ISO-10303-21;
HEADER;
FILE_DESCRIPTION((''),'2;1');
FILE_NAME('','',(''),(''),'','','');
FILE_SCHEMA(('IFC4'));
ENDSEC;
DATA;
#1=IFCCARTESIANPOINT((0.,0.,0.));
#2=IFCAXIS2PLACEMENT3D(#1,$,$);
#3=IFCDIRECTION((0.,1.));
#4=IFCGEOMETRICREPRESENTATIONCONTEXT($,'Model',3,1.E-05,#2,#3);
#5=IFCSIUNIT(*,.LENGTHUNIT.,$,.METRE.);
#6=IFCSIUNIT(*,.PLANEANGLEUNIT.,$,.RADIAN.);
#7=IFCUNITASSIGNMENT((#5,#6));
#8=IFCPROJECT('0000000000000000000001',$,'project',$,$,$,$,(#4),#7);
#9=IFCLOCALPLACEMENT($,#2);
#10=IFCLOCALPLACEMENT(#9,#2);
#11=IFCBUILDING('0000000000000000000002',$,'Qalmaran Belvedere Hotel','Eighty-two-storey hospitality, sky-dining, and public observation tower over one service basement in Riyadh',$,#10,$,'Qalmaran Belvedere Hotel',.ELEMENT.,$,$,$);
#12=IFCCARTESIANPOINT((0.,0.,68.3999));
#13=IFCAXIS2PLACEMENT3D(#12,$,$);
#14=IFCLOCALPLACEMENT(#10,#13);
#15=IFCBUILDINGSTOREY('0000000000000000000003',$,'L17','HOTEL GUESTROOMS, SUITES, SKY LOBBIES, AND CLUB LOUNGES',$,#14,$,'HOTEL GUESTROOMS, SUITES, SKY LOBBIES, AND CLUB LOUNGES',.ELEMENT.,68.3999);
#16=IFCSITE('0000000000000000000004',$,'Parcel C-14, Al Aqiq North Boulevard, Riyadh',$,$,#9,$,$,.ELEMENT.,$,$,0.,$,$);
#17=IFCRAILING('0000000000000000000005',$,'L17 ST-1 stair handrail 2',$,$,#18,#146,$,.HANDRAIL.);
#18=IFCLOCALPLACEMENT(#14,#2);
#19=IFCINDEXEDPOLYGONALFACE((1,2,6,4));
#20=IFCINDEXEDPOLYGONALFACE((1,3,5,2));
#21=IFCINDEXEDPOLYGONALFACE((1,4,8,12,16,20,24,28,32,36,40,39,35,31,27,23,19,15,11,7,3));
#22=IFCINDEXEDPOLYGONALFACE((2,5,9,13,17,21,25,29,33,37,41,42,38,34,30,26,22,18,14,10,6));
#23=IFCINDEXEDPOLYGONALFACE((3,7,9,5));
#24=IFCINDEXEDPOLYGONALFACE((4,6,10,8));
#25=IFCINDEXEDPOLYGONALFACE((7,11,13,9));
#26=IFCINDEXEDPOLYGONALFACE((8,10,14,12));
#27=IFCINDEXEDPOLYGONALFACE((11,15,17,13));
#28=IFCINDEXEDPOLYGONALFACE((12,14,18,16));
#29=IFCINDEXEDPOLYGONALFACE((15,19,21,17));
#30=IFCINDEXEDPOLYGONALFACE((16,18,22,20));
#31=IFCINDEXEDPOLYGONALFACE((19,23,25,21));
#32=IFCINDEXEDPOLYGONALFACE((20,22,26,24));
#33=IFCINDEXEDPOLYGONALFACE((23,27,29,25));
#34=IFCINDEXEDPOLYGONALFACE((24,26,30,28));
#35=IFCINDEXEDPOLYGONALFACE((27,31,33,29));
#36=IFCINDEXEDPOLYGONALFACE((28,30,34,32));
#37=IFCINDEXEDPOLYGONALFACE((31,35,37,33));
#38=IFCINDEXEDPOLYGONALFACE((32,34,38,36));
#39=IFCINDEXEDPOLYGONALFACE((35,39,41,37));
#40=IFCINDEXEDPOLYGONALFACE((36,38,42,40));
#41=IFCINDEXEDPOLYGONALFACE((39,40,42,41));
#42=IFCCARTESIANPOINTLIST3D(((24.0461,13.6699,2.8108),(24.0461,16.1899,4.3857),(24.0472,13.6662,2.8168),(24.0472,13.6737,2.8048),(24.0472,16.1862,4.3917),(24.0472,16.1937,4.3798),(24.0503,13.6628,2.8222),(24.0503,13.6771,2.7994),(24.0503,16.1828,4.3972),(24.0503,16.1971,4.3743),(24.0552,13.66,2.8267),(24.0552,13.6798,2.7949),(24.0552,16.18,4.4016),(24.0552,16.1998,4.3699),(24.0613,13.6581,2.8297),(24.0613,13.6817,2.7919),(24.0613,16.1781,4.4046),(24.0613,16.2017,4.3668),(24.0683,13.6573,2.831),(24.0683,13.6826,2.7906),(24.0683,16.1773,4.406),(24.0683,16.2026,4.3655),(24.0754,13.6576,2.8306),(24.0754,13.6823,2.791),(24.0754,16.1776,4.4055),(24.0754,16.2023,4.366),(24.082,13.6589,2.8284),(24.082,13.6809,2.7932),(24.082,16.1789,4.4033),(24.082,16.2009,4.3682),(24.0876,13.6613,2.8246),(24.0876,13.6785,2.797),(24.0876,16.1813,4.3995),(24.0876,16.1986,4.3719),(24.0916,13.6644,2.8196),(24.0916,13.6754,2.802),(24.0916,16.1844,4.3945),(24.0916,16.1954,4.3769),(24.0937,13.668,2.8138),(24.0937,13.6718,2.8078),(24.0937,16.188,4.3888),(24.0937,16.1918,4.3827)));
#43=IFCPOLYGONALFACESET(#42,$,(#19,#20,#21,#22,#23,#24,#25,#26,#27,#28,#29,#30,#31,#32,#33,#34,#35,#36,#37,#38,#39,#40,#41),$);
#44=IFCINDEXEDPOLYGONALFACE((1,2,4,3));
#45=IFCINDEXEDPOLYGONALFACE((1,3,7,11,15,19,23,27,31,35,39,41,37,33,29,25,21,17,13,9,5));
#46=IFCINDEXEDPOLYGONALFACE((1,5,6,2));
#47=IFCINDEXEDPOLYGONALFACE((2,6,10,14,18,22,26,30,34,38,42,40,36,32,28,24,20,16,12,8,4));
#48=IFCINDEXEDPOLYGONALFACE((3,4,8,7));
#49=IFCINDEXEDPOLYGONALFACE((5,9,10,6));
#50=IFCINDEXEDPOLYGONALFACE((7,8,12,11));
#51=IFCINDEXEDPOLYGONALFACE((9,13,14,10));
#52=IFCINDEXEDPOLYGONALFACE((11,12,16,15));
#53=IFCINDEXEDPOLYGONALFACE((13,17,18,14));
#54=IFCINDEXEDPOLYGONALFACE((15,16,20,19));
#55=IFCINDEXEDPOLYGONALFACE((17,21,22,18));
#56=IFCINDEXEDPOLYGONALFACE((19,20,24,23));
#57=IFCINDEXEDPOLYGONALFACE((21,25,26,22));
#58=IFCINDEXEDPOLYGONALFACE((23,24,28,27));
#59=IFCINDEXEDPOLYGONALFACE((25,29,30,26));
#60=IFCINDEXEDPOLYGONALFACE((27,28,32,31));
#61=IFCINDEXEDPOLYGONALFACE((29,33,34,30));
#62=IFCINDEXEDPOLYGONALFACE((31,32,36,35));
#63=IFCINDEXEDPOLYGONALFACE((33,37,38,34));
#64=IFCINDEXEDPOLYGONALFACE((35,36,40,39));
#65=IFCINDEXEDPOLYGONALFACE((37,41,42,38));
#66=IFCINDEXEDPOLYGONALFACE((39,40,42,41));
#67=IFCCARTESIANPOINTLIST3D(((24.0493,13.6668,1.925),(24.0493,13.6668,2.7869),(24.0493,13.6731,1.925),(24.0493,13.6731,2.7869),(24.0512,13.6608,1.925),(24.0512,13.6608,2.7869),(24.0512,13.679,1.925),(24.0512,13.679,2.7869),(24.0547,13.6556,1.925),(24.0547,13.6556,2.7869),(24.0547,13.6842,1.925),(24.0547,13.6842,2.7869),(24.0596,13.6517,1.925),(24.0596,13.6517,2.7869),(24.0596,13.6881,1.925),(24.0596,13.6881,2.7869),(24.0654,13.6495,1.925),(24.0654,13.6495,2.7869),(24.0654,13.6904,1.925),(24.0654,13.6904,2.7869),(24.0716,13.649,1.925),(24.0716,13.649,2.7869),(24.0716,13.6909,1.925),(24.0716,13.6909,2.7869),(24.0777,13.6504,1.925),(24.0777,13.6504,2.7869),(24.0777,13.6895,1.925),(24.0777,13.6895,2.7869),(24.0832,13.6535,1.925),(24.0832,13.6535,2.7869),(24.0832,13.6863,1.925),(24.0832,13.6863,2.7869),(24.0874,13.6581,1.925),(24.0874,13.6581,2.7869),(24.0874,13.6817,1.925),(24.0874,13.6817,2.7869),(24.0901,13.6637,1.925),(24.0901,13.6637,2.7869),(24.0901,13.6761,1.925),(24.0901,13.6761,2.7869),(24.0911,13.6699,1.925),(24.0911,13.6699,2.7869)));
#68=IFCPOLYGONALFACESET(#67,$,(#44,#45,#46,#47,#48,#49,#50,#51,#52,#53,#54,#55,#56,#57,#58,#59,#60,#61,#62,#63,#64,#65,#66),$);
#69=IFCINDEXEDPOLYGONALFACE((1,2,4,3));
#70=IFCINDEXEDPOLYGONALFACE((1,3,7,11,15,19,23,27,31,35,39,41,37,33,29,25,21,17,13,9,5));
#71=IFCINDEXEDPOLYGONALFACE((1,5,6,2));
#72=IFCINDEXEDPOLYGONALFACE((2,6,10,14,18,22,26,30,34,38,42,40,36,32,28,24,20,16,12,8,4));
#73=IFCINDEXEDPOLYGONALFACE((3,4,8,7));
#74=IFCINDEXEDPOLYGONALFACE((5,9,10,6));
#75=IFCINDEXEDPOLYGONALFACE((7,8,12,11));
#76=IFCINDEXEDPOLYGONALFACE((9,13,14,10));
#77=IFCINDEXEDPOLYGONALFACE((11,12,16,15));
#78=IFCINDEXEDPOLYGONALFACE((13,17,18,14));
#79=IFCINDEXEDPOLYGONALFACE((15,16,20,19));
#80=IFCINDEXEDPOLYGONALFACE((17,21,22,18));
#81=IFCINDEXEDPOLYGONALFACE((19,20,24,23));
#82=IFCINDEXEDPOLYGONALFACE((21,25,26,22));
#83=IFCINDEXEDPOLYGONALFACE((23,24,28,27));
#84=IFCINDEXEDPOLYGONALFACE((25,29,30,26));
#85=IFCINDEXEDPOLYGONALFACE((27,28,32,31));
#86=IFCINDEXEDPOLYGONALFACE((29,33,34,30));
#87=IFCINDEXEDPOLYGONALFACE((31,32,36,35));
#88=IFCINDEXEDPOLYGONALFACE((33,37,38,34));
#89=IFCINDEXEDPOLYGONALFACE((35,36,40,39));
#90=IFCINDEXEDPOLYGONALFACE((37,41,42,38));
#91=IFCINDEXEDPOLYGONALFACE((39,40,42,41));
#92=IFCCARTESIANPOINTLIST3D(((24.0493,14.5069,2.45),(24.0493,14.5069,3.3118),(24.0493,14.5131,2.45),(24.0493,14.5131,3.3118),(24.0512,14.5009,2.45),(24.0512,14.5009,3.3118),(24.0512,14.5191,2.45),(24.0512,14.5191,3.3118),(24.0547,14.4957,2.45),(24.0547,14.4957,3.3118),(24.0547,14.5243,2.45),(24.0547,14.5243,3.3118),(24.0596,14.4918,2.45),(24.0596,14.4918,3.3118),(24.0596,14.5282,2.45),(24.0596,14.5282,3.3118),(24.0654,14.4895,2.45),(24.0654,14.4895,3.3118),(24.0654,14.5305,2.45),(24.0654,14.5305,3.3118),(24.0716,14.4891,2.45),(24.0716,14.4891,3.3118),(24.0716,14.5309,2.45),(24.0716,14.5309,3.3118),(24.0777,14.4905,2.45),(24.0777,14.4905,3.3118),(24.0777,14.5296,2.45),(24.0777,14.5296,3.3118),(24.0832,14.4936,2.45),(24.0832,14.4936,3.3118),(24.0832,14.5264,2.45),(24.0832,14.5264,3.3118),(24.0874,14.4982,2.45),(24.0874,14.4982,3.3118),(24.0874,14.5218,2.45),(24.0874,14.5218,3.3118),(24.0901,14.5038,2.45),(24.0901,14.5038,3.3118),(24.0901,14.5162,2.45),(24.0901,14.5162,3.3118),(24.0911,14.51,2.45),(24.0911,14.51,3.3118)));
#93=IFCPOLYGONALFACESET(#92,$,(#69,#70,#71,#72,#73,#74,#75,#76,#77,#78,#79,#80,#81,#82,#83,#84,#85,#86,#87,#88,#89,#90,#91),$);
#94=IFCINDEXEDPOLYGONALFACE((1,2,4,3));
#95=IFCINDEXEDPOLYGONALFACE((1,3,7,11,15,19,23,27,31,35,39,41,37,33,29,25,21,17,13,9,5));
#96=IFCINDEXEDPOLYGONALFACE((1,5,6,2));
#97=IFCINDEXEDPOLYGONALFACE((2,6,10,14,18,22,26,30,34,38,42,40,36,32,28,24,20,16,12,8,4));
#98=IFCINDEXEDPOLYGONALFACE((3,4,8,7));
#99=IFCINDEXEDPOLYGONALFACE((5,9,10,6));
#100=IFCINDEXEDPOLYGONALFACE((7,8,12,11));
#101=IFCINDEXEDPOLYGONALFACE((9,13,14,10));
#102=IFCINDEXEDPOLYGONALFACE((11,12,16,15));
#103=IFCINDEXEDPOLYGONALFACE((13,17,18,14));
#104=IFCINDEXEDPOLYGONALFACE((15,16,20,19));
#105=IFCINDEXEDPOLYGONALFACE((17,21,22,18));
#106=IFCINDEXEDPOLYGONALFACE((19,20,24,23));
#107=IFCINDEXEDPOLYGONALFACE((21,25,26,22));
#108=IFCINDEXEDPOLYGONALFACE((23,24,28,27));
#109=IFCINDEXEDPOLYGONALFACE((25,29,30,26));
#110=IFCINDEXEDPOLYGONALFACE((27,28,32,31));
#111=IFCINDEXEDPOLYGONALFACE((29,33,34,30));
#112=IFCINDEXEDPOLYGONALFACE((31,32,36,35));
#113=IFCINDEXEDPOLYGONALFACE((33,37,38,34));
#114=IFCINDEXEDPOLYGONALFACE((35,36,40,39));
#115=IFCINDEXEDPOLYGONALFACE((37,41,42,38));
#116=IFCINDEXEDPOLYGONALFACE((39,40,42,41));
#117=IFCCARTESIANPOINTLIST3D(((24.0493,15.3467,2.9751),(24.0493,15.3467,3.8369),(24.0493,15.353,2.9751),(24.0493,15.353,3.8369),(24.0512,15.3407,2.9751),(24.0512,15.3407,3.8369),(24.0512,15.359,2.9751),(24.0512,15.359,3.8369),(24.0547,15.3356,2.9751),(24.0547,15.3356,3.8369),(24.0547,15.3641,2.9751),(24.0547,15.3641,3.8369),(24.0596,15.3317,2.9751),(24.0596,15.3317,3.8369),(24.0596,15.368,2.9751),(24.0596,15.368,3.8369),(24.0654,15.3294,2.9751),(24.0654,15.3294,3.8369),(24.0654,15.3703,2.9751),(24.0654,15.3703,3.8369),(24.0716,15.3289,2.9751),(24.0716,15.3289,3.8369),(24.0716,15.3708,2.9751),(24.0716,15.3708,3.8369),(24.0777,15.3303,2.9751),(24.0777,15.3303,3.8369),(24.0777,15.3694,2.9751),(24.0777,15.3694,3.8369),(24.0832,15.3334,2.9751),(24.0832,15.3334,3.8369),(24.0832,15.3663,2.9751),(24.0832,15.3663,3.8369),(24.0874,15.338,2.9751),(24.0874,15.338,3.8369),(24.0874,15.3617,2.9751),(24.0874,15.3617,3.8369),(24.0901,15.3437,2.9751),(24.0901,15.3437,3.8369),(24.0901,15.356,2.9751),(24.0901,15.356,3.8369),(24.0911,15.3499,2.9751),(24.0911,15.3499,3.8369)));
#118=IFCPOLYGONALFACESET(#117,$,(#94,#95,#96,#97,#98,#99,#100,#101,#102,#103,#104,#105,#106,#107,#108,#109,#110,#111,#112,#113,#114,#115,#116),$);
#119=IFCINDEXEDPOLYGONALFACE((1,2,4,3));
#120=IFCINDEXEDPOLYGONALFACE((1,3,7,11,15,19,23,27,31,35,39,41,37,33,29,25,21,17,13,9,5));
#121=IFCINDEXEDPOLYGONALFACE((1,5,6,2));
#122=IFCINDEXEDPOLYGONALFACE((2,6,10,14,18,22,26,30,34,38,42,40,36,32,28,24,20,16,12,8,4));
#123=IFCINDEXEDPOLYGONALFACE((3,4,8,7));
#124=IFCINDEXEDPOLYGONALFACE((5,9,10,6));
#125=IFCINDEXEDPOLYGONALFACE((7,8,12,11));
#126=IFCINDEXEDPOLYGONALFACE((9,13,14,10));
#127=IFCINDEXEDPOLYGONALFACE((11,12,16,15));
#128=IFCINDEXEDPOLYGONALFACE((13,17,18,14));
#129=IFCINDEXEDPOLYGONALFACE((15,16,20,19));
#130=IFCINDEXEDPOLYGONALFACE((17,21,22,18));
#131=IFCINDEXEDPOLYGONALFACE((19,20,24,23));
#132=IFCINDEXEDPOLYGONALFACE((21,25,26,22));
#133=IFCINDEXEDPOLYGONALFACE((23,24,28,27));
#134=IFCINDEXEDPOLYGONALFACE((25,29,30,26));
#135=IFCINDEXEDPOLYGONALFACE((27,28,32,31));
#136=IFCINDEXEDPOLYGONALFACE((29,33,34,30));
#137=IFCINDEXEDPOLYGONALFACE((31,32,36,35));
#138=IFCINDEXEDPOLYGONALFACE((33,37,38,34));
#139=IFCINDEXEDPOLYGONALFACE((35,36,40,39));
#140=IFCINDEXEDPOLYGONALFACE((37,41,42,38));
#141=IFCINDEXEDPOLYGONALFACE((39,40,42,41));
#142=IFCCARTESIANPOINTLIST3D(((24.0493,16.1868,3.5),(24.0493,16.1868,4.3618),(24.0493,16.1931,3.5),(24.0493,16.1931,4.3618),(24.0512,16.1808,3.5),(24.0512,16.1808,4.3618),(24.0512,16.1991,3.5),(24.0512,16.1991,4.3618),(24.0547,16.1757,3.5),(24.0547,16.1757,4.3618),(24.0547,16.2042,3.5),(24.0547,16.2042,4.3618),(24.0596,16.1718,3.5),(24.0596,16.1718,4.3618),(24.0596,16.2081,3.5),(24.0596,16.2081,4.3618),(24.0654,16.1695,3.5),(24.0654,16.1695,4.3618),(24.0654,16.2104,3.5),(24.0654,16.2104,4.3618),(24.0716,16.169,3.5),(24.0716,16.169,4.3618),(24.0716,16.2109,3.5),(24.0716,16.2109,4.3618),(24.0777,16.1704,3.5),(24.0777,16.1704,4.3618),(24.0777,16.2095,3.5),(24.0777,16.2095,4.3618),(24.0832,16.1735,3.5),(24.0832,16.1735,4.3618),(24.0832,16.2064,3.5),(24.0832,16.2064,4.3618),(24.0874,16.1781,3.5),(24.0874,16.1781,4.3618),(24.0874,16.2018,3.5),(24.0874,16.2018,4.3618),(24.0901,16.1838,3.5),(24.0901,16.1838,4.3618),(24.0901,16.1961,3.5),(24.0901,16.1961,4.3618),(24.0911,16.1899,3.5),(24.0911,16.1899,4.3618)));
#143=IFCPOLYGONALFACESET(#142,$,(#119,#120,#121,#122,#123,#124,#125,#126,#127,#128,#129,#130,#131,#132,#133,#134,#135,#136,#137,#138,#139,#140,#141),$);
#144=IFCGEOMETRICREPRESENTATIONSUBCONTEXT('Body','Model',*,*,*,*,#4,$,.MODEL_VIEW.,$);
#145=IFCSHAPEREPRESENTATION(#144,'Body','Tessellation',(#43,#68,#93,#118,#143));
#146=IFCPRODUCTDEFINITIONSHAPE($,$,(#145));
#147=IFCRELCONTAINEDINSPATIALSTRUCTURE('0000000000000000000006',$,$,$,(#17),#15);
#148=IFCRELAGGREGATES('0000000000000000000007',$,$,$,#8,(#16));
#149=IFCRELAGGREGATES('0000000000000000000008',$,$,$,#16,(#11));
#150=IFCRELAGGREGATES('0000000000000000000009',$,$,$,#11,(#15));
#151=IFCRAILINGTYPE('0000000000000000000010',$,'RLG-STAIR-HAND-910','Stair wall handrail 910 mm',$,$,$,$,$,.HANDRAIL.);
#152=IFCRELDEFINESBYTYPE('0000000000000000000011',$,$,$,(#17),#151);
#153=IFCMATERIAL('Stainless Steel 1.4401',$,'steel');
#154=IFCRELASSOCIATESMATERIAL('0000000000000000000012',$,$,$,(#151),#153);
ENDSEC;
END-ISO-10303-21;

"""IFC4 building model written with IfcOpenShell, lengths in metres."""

from ifc_helpers import new_model, si_unit, direction, frame, origin, origin_2d, place, context, subcontext, project, spatial, circle, extrude, material, type_object, element, save


model = new_model("IFC4")

# Units and contexts
model_context = context("Model", 3, precision=1e-05, world=origin(), true_north=direction((0.0, 1.0)))
body_context = subcontext(model_context, "Body", "Model", "MODEL_VIEW")
ifc_project = project(units=[si_unit("LENGTHUNIT", "METRE"), si_unit("PLANEANGLEUNIT", "RADIAN")], contexts=[model_context])

# Site, building, storey
site_placement = place(None, origin())
site = spatial("IfcSite", under=ifc_project, at=site_placement, Name="Parcel C-14, Al Aqiq North Boulevard, Riyadh", CompositionType="ELEMENT", RefElevation=0.0)
building_placement = place(site_placement, origin())
building = spatial("IfcBuilding", under=site, at=building_placement, Name="Qalmaran Belvedere Hotel", Description="Eighty-two-storey hospitality, sky-dining, and public observation tower over one service basement in Riyadh", LongName="Qalmaran Belvedere Hotel", CompositionType="ELEMENT")
storey_placement = place(building_placement, frame((0.0, 0.0, 68.3999)))
storey = spatial("IfcBuildingStorey", under=building, at=storey_placement, Name="L17", Description="HOTEL GUESTROOMS, SUITES, SKY LOBBIES, AND CLUB LOUNGES", LongName="HOTEL GUESTROOMS, SUITES, SKY LOBBIES, AND CLUB LOUNGES", CompositionType="ELEMENT", Elevation=68.3999)

# Railing
ifc_material_1 = material(Name="Stainless Steel 1.4401", Category="steel")
railing_type_1 = type_object("IfcRailingType", Name="RLG-STAIR-HAND-910", Description="Stair wall handrail 910 mm", PredefinedType="HANDRAIL", material=ifc_material_1)
railing_1_placement = place(storey_placement, frame((24.0701, 13.6699, 1.925)))
element("IfcRailing", 1, at=railing_1_placement, inside=storey, type_object=railing_type_1, Name="L17 ST-1 stair handrail 2", PredefinedType="HANDRAIL", context=body_context, shape_type="SweptSolid", body=[
    extrude(circle(Radius=0.0239, at=origin_2d()), frame((0.0, 0.0, 0.8857), z_axis=(0.0, 0.848008, 0.529984), x_axis=(-1.0, 0.0, 0.0)), (0.0, 0.0, 1.0), 2.9717),
    extrude(circle(Radius=0.021, at=origin_2d()), origin(), (0.0, 0.0, 1.0), 0.8618),
    extrude(circle(Radius=0.021, at=origin_2d()), frame((0.0, 0.8401, 0.5249)), (0.0, 0.0, 1.0), 0.8618),
    extrude(circle(Radius=0.021, at=origin_2d()), frame((0.0, 1.6799, 1.05)), (0.0, 0.0, 1.0), 0.8618),
    extrude(circle(Radius=0.021, at=origin_2d()), frame((0.0, 2.52, 1.575)), (0.0, 0.0, 1.0), 0.8618),
])

save(model, "model.ifc")
